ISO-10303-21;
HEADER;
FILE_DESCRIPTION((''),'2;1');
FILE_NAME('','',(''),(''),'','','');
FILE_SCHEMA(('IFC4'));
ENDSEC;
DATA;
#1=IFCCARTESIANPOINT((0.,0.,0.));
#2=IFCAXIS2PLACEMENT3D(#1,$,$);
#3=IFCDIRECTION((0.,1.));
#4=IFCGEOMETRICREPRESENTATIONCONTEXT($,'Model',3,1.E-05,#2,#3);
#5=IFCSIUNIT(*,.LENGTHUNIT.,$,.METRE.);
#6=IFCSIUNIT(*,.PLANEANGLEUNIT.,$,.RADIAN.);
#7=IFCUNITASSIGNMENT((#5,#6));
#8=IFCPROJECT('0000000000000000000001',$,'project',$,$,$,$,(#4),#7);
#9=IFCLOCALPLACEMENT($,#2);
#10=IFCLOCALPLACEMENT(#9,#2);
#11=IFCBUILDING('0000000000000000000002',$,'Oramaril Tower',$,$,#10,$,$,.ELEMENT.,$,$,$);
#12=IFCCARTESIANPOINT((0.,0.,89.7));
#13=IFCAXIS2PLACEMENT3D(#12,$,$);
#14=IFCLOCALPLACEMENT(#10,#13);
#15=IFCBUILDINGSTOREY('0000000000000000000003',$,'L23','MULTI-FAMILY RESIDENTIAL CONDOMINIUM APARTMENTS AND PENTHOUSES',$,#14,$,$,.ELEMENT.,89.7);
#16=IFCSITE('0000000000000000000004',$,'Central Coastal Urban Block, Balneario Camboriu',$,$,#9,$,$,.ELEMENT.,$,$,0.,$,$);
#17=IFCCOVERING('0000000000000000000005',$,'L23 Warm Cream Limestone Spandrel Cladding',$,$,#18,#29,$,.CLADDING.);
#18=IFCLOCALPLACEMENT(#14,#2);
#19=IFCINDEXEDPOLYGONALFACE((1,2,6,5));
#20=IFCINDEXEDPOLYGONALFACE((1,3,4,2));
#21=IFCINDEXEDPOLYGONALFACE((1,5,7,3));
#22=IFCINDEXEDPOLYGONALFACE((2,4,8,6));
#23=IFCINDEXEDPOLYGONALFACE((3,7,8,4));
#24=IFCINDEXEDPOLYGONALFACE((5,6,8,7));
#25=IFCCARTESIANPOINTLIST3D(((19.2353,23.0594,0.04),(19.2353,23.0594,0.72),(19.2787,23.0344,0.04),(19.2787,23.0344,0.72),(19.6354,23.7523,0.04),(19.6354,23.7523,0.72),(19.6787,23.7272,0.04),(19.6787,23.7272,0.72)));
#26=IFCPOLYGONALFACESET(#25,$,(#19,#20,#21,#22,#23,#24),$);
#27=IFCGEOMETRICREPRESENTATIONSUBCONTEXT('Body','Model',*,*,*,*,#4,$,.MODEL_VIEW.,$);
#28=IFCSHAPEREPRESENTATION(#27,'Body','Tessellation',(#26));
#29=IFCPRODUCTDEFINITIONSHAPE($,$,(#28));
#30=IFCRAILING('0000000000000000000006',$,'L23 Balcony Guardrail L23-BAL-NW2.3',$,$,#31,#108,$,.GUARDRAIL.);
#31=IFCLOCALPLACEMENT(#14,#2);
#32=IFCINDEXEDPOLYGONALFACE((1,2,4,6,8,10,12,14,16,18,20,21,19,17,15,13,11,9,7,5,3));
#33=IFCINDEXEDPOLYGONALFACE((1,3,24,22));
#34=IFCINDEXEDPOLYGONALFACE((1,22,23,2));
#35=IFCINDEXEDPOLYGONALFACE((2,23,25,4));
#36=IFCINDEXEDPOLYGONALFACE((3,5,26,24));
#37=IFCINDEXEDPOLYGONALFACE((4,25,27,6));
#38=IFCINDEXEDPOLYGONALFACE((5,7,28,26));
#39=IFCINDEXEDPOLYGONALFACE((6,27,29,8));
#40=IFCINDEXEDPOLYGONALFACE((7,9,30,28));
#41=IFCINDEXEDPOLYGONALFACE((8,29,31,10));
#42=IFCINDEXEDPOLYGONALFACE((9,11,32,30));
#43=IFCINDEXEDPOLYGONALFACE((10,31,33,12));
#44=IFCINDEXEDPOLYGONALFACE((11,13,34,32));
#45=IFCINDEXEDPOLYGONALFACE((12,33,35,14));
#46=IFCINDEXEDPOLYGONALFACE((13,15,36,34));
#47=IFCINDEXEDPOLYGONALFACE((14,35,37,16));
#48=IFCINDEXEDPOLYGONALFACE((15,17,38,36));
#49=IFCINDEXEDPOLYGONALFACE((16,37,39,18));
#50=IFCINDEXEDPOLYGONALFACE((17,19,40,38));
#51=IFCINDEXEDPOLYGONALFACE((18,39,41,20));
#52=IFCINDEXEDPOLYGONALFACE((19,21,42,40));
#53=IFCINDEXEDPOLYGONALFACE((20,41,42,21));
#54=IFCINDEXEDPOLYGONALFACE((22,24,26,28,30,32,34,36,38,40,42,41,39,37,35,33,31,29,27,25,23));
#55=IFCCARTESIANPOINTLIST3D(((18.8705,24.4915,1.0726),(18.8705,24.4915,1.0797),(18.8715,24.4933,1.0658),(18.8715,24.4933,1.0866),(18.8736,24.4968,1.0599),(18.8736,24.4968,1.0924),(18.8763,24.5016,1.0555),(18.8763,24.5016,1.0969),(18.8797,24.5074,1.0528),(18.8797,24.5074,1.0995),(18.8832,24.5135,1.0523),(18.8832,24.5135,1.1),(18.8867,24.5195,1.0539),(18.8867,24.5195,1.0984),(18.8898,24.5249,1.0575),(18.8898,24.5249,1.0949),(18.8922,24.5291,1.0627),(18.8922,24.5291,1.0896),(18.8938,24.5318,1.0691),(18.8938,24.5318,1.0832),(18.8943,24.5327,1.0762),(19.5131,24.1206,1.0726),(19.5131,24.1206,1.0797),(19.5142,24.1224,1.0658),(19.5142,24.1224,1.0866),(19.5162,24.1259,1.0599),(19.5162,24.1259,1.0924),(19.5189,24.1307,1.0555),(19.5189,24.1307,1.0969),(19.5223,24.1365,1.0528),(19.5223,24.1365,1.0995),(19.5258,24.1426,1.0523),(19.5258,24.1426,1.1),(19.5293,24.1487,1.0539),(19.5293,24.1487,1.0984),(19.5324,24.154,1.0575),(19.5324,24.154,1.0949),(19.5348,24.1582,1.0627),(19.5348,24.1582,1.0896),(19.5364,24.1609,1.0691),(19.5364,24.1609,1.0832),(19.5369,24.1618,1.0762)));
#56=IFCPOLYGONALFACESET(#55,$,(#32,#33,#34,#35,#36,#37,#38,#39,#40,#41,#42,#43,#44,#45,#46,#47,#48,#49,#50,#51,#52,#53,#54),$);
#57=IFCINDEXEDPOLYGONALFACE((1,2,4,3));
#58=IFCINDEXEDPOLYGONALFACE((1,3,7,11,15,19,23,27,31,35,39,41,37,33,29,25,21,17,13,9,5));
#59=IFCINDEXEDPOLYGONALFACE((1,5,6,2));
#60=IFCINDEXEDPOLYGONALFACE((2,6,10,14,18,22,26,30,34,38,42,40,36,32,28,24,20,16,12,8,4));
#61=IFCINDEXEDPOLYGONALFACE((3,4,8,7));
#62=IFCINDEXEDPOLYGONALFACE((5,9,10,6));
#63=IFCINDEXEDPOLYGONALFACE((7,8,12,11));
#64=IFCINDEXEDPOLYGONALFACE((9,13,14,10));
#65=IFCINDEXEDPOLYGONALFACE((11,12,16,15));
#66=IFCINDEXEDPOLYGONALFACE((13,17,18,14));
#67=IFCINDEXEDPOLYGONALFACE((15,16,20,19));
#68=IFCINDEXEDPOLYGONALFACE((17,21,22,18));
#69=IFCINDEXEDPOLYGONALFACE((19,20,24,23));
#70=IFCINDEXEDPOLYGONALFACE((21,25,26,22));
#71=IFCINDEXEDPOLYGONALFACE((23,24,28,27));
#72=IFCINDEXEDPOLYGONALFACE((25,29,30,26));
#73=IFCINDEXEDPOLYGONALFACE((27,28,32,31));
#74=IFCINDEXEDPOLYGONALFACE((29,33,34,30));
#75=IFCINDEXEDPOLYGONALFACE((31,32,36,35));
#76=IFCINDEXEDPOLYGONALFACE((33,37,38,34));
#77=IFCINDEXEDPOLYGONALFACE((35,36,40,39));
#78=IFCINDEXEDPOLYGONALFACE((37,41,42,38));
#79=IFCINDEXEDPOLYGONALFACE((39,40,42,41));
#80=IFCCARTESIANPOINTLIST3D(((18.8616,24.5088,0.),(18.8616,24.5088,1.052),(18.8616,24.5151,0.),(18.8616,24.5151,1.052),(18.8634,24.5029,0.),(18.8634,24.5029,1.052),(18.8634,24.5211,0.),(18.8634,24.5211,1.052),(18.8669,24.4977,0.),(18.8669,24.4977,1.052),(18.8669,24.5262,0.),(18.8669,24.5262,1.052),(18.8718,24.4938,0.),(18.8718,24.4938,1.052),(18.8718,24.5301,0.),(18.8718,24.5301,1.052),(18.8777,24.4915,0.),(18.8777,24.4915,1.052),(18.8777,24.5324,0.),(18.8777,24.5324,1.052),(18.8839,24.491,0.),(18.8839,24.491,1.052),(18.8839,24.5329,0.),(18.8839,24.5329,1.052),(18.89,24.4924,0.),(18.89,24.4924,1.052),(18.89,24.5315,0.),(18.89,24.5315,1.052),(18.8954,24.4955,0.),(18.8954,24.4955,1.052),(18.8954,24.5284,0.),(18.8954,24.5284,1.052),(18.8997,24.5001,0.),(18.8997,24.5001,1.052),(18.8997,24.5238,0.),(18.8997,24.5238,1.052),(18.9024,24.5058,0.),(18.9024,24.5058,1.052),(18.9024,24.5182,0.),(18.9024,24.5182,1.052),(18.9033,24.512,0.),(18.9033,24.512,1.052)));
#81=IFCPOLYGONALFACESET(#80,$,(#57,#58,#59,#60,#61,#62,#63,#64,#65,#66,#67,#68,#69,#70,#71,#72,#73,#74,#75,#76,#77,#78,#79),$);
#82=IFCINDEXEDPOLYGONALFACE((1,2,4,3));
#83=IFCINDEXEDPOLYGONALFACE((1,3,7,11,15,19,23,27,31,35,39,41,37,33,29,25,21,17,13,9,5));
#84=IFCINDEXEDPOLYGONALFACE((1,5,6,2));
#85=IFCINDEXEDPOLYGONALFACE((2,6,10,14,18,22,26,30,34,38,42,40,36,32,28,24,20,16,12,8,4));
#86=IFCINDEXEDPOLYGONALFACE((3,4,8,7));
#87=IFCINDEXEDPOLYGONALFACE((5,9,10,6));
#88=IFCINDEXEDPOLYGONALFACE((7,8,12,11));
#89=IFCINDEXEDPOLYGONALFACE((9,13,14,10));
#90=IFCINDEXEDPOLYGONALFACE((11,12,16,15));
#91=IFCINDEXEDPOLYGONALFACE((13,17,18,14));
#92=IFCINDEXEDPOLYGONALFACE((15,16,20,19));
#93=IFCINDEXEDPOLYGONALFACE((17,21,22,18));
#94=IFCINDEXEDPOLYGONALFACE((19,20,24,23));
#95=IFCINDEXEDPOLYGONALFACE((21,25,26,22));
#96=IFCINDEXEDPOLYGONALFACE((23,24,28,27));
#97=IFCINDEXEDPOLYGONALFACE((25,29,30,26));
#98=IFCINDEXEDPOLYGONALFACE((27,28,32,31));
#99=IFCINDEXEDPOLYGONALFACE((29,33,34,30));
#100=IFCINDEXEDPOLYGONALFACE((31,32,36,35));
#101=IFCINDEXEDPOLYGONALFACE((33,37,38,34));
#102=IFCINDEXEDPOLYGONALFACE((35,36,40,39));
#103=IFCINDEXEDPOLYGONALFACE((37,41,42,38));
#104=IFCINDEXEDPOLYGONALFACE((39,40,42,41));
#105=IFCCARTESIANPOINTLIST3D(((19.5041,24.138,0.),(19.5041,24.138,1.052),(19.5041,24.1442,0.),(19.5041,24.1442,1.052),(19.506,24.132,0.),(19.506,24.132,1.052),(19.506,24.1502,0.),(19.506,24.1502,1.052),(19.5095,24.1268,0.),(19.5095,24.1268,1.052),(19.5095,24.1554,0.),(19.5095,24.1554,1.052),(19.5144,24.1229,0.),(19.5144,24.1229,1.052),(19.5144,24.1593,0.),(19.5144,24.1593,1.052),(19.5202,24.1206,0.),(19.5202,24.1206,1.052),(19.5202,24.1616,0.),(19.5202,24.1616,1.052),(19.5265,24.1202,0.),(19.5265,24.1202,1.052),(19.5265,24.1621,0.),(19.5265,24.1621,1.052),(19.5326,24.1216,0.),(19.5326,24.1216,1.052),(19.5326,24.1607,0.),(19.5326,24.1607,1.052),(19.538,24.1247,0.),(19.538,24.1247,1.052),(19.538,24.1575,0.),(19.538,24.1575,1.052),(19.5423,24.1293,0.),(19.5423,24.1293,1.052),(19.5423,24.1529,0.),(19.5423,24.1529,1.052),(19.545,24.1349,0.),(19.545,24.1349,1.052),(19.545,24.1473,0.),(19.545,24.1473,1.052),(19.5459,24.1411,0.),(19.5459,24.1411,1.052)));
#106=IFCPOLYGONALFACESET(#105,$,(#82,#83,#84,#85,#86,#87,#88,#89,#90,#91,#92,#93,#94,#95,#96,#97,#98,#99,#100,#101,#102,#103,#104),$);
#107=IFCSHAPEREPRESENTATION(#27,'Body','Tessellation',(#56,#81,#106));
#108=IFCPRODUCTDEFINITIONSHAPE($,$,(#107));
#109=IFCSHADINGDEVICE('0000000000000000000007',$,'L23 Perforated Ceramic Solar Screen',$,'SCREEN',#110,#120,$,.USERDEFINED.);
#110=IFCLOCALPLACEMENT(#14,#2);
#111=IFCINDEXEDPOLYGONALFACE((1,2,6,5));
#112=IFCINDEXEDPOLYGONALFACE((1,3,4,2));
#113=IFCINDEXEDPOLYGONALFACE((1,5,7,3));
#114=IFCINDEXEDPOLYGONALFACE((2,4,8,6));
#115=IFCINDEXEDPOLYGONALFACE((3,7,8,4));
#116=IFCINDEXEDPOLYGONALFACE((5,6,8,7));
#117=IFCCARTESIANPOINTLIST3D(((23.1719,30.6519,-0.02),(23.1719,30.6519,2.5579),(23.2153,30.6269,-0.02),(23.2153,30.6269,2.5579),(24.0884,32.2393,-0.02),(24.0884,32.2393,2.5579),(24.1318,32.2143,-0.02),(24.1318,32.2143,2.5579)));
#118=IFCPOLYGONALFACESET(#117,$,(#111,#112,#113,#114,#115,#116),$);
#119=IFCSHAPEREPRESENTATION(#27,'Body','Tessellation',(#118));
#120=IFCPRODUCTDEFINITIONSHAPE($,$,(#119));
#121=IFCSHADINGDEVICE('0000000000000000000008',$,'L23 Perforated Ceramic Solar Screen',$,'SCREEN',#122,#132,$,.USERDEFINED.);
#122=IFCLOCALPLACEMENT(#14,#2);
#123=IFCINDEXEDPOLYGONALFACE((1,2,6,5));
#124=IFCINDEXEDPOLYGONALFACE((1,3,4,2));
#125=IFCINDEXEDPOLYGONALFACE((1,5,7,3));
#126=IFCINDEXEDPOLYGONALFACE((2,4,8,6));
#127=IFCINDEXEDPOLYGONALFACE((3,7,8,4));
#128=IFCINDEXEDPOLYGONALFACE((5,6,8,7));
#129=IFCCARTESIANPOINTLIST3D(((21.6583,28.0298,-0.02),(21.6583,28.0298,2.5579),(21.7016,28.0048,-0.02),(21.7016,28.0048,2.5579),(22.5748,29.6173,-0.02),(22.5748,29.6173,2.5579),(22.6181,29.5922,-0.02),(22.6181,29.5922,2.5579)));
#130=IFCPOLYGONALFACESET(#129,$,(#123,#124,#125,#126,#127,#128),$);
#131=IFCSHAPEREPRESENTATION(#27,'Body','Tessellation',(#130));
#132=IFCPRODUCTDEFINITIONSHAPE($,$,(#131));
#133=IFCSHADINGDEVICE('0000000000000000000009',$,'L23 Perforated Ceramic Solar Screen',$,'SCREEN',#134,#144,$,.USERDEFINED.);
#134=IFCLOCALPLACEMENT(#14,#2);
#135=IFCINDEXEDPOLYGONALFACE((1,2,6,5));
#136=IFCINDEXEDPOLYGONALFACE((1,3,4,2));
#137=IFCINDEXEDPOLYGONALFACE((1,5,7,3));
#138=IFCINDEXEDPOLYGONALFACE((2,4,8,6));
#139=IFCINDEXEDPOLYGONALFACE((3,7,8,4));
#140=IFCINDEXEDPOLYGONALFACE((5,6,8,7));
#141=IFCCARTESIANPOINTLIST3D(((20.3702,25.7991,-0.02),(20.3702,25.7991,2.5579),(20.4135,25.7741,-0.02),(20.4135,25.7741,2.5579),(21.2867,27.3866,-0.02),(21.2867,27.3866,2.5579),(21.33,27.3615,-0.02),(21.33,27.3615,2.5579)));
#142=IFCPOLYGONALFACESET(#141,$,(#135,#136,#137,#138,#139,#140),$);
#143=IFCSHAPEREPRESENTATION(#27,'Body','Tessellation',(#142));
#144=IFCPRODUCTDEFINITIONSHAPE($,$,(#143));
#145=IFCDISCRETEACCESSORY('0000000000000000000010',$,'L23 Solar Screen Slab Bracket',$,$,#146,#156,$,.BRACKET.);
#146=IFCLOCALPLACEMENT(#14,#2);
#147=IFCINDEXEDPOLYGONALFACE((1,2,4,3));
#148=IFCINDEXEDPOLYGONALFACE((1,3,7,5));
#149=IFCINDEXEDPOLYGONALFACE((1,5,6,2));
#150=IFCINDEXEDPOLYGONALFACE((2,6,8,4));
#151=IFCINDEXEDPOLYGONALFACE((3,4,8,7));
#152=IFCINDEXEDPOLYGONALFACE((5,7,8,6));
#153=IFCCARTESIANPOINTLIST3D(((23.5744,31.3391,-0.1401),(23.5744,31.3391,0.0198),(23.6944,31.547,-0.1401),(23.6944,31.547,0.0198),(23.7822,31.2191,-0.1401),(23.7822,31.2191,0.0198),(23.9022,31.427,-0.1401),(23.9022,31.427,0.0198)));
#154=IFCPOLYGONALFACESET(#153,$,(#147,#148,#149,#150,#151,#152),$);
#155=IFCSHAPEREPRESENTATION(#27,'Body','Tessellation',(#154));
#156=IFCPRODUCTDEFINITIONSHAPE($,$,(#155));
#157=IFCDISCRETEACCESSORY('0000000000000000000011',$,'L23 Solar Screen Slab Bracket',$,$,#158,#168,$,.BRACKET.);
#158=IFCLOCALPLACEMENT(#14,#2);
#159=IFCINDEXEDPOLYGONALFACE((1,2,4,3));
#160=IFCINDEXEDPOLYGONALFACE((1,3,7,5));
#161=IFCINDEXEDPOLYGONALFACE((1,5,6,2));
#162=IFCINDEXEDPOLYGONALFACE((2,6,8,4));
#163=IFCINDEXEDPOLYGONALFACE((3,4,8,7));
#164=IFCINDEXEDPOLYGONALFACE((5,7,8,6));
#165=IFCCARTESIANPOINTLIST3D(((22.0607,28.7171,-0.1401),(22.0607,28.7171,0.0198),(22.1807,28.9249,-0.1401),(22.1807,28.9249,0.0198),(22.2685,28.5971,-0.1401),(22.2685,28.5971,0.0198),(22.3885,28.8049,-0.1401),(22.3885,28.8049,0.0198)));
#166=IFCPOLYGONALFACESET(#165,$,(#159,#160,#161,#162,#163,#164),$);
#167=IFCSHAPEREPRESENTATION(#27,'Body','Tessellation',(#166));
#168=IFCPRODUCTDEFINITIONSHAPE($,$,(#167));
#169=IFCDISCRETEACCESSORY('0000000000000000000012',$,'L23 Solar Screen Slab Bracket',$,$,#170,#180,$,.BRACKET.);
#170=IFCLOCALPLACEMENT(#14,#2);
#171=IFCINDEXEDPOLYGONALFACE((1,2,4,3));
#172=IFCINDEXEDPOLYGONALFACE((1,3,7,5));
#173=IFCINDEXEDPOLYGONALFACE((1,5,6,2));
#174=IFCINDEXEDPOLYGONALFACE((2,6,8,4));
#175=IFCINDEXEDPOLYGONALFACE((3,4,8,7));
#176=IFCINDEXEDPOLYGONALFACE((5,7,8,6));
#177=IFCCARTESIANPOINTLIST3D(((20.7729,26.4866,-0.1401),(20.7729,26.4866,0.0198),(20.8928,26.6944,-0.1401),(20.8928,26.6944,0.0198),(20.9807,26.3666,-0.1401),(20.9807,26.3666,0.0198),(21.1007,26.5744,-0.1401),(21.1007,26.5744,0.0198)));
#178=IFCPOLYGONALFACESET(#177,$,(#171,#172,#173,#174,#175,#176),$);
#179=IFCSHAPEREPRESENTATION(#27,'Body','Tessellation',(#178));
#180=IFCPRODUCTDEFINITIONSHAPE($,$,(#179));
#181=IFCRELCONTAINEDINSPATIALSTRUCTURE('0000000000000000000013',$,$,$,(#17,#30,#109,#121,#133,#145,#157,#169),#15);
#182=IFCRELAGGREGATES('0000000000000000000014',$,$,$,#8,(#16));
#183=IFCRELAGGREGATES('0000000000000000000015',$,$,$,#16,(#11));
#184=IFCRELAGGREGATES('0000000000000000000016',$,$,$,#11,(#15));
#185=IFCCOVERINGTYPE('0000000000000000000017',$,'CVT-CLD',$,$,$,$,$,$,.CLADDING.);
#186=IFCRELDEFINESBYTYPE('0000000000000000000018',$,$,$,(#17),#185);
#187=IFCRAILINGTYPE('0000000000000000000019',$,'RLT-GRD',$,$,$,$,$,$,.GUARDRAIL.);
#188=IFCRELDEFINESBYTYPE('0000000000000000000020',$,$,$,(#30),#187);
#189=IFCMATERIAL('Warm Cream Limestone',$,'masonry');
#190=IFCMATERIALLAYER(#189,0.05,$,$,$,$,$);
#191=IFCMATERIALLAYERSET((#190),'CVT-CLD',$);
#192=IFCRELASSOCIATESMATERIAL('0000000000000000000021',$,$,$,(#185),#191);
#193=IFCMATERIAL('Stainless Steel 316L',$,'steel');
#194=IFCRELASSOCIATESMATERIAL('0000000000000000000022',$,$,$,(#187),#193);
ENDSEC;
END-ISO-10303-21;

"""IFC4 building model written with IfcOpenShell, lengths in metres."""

from ifc_helpers import new_model, si_unit, direction, frame, origin, origin_2d, place, context, subcontext, project, spatial, rectangle, circle, extrude, material, layer, layer_set, type_object, element, save


model = new_model("IFC4")

# Units and contexts
model_context = context("Model", 3, precision=1e-05, world=origin(), true_north=direction((0.0, 1.0)))
body_context = subcontext(model_context, "Body", "Model", "MODEL_VIEW")
ifc_project = project(units=[si_unit("LENGTHUNIT", "METRE"), si_unit("PLANEANGLEUNIT", "RADIAN")], contexts=[model_context])

# Site, building, storey
site_placement = place(None, origin())
site = spatial("IfcSite", under=ifc_project, at=site_placement, Name="Central Coastal Urban Block, Balneario Camboriu", CompositionType="ELEMENT", RefElevation=0.0)
building_placement = place(site_placement, origin())
building = spatial("IfcBuilding", under=site, at=building_placement, Name="Oramaril Tower", CompositionType="ELEMENT")
storey_placement = place(building_placement, frame((0.0, 0.0, 89.7)))
storey = spatial("IfcBuildingStorey", under=building, at=storey_placement, Name="L23", Description="MULTI-FAMILY RESIDENTIAL CONDOMINIUM APARTMENTS AND PENTHOUSES", CompositionType="ELEMENT", Elevation=89.7)

# Covering
ifc_material_1 = material(Name="Warm Cream Limestone", Category="masonry")
ifc_layer_1 = layer(ifc_material_1, 0.05)
ifc_layer_set_1 = layer_set([ifc_layer_1], Name="CVT-CLD")
covering_type = type_object("IfcCoveringType", Name="CVT-CLD", PredefinedType="CLADDING", material=ifc_layer_set_1)
covering_placement = place(storey_placement, frame((19.457, 23.3933, 0.04), z_axis=(0.0, 0.0, 1.0), x_axis=(-0.5, -0.866025, 0.0)))
element("IfcCovering", 1, at=covering_placement, inside=storey, type_object=covering_type, Name="L23 Warm Cream Limestone Spandrel Cladding", PredefinedType="CLADDING", context=body_context, shape_type="SweptSolid", body=[
    extrude(rectangle(XDim=0.8, YDim=0.05, at=origin_2d()), origin(), (0.0, 0.0, 1.0), 0.6799),
])

# Railing
ifc_material_2 = material(Name="Stainless Steel 316L", Category="steel")
railing_type = type_object("IfcRailingType", Name="RLT-GRD", PredefinedType="GUARDRAIL", material=ifc_material_2)
railing_placement = place(storey_placement, frame((18.8823, 24.512, 0.0)))
element("IfcRailing", 2, at=railing_placement, inside=storey, type_object=railing_type, Name="L23 Balcony Guardrail L23-BAL-NW2.3", PredefinedType="GUARDRAIL", context=body_context, shape_type="SweptSolid", body=[
    extrude(circle(Radius=0.0239, at=origin_2d()), frame((0.0, 0.0, 1.0762), z_axis=(0.866109, -0.499855, 0.0), x_axis=(0.499855, 0.866109, 0.0)), (0.0, 0.0, 1.0), 0.7419),
    extrude(circle(Radius=0.021, at=origin_2d()), origin(), (0.0, 0.0, 1.0), 1.052),
    extrude(circle(Radius=0.021, at=origin_2d()), frame((0.6426, -0.3708, 0.0)), (0.0, 0.0, 1.0), 1.052),
])

# Shading devices
for number, where, z_axis, x_axis, name in (
    (3, (23.6519, 31.4331, -0.02), (0.0, 0.0, 1.0), (-0.5, -0.866025, 0.0), "L23 Perforated Ceramic Solar Screen"),
    (4, (22.1382, 28.811, -0.02), (0.0, 0.0, 1.0), (-0.5, -0.866025, 0.0), "L23 Perforated Ceramic Solar Screen"),
    (5, (20.8501, 26.5803, -0.02), (0.0, 0.0, 1.0), (-0.5, -0.866025, 0.0), "L23 Perforated Ceramic Solar Screen"),
):
    element("IfcShadingDevice", number, at=place(storey_placement, frame(where, z_axis=z_axis, x_axis=x_axis)), inside=storey, Name=name, ObjectType="SCREEN", PredefinedType="USERDEFINED", context=body_context, shape_type="SweptSolid", body=[
        extrude(rectangle(XDim=1.833, YDim=0.05, at=origin_2d()), origin(), (0.0, 0.0, 1.0), 2.5779),
    ])

# Discrete accessories
for number, where, z_axis, x_axis, name in (
    (6, (23.7383, 31.3831, -0.1401), (0.0, 0.0, 1.0), (-0.5, -0.866025, 0.0), "L23 Solar Screen Slab Bracket"),
    (7, (22.2246, 28.761, -0.1401), (0.0, 0.0, 1.0), (-0.5, -0.866025, 0.0), "L23 Solar Screen Slab Bracket"),
    (8, (20.9368, 26.5305, -0.1401), (0.0, 0.0, 1.0), (-0.5, -0.866025, 0.0), "L23 Solar Screen Slab Bracket"),
):
    element("IfcDiscreteAccessory", number, at=place(storey_placement, frame(where, z_axis=z_axis, x_axis=x_axis)), inside=storey, Name=name, PredefinedType="BRACKET", context=body_context, shape_type="SweptSolid", body=[
        extrude(rectangle(XDim=0.24, YDim=0.24, at=origin_2d()), origin(), (0.0, 0.0, 1.0), 0.1599),
    ])

save(model, "model.ifc")
